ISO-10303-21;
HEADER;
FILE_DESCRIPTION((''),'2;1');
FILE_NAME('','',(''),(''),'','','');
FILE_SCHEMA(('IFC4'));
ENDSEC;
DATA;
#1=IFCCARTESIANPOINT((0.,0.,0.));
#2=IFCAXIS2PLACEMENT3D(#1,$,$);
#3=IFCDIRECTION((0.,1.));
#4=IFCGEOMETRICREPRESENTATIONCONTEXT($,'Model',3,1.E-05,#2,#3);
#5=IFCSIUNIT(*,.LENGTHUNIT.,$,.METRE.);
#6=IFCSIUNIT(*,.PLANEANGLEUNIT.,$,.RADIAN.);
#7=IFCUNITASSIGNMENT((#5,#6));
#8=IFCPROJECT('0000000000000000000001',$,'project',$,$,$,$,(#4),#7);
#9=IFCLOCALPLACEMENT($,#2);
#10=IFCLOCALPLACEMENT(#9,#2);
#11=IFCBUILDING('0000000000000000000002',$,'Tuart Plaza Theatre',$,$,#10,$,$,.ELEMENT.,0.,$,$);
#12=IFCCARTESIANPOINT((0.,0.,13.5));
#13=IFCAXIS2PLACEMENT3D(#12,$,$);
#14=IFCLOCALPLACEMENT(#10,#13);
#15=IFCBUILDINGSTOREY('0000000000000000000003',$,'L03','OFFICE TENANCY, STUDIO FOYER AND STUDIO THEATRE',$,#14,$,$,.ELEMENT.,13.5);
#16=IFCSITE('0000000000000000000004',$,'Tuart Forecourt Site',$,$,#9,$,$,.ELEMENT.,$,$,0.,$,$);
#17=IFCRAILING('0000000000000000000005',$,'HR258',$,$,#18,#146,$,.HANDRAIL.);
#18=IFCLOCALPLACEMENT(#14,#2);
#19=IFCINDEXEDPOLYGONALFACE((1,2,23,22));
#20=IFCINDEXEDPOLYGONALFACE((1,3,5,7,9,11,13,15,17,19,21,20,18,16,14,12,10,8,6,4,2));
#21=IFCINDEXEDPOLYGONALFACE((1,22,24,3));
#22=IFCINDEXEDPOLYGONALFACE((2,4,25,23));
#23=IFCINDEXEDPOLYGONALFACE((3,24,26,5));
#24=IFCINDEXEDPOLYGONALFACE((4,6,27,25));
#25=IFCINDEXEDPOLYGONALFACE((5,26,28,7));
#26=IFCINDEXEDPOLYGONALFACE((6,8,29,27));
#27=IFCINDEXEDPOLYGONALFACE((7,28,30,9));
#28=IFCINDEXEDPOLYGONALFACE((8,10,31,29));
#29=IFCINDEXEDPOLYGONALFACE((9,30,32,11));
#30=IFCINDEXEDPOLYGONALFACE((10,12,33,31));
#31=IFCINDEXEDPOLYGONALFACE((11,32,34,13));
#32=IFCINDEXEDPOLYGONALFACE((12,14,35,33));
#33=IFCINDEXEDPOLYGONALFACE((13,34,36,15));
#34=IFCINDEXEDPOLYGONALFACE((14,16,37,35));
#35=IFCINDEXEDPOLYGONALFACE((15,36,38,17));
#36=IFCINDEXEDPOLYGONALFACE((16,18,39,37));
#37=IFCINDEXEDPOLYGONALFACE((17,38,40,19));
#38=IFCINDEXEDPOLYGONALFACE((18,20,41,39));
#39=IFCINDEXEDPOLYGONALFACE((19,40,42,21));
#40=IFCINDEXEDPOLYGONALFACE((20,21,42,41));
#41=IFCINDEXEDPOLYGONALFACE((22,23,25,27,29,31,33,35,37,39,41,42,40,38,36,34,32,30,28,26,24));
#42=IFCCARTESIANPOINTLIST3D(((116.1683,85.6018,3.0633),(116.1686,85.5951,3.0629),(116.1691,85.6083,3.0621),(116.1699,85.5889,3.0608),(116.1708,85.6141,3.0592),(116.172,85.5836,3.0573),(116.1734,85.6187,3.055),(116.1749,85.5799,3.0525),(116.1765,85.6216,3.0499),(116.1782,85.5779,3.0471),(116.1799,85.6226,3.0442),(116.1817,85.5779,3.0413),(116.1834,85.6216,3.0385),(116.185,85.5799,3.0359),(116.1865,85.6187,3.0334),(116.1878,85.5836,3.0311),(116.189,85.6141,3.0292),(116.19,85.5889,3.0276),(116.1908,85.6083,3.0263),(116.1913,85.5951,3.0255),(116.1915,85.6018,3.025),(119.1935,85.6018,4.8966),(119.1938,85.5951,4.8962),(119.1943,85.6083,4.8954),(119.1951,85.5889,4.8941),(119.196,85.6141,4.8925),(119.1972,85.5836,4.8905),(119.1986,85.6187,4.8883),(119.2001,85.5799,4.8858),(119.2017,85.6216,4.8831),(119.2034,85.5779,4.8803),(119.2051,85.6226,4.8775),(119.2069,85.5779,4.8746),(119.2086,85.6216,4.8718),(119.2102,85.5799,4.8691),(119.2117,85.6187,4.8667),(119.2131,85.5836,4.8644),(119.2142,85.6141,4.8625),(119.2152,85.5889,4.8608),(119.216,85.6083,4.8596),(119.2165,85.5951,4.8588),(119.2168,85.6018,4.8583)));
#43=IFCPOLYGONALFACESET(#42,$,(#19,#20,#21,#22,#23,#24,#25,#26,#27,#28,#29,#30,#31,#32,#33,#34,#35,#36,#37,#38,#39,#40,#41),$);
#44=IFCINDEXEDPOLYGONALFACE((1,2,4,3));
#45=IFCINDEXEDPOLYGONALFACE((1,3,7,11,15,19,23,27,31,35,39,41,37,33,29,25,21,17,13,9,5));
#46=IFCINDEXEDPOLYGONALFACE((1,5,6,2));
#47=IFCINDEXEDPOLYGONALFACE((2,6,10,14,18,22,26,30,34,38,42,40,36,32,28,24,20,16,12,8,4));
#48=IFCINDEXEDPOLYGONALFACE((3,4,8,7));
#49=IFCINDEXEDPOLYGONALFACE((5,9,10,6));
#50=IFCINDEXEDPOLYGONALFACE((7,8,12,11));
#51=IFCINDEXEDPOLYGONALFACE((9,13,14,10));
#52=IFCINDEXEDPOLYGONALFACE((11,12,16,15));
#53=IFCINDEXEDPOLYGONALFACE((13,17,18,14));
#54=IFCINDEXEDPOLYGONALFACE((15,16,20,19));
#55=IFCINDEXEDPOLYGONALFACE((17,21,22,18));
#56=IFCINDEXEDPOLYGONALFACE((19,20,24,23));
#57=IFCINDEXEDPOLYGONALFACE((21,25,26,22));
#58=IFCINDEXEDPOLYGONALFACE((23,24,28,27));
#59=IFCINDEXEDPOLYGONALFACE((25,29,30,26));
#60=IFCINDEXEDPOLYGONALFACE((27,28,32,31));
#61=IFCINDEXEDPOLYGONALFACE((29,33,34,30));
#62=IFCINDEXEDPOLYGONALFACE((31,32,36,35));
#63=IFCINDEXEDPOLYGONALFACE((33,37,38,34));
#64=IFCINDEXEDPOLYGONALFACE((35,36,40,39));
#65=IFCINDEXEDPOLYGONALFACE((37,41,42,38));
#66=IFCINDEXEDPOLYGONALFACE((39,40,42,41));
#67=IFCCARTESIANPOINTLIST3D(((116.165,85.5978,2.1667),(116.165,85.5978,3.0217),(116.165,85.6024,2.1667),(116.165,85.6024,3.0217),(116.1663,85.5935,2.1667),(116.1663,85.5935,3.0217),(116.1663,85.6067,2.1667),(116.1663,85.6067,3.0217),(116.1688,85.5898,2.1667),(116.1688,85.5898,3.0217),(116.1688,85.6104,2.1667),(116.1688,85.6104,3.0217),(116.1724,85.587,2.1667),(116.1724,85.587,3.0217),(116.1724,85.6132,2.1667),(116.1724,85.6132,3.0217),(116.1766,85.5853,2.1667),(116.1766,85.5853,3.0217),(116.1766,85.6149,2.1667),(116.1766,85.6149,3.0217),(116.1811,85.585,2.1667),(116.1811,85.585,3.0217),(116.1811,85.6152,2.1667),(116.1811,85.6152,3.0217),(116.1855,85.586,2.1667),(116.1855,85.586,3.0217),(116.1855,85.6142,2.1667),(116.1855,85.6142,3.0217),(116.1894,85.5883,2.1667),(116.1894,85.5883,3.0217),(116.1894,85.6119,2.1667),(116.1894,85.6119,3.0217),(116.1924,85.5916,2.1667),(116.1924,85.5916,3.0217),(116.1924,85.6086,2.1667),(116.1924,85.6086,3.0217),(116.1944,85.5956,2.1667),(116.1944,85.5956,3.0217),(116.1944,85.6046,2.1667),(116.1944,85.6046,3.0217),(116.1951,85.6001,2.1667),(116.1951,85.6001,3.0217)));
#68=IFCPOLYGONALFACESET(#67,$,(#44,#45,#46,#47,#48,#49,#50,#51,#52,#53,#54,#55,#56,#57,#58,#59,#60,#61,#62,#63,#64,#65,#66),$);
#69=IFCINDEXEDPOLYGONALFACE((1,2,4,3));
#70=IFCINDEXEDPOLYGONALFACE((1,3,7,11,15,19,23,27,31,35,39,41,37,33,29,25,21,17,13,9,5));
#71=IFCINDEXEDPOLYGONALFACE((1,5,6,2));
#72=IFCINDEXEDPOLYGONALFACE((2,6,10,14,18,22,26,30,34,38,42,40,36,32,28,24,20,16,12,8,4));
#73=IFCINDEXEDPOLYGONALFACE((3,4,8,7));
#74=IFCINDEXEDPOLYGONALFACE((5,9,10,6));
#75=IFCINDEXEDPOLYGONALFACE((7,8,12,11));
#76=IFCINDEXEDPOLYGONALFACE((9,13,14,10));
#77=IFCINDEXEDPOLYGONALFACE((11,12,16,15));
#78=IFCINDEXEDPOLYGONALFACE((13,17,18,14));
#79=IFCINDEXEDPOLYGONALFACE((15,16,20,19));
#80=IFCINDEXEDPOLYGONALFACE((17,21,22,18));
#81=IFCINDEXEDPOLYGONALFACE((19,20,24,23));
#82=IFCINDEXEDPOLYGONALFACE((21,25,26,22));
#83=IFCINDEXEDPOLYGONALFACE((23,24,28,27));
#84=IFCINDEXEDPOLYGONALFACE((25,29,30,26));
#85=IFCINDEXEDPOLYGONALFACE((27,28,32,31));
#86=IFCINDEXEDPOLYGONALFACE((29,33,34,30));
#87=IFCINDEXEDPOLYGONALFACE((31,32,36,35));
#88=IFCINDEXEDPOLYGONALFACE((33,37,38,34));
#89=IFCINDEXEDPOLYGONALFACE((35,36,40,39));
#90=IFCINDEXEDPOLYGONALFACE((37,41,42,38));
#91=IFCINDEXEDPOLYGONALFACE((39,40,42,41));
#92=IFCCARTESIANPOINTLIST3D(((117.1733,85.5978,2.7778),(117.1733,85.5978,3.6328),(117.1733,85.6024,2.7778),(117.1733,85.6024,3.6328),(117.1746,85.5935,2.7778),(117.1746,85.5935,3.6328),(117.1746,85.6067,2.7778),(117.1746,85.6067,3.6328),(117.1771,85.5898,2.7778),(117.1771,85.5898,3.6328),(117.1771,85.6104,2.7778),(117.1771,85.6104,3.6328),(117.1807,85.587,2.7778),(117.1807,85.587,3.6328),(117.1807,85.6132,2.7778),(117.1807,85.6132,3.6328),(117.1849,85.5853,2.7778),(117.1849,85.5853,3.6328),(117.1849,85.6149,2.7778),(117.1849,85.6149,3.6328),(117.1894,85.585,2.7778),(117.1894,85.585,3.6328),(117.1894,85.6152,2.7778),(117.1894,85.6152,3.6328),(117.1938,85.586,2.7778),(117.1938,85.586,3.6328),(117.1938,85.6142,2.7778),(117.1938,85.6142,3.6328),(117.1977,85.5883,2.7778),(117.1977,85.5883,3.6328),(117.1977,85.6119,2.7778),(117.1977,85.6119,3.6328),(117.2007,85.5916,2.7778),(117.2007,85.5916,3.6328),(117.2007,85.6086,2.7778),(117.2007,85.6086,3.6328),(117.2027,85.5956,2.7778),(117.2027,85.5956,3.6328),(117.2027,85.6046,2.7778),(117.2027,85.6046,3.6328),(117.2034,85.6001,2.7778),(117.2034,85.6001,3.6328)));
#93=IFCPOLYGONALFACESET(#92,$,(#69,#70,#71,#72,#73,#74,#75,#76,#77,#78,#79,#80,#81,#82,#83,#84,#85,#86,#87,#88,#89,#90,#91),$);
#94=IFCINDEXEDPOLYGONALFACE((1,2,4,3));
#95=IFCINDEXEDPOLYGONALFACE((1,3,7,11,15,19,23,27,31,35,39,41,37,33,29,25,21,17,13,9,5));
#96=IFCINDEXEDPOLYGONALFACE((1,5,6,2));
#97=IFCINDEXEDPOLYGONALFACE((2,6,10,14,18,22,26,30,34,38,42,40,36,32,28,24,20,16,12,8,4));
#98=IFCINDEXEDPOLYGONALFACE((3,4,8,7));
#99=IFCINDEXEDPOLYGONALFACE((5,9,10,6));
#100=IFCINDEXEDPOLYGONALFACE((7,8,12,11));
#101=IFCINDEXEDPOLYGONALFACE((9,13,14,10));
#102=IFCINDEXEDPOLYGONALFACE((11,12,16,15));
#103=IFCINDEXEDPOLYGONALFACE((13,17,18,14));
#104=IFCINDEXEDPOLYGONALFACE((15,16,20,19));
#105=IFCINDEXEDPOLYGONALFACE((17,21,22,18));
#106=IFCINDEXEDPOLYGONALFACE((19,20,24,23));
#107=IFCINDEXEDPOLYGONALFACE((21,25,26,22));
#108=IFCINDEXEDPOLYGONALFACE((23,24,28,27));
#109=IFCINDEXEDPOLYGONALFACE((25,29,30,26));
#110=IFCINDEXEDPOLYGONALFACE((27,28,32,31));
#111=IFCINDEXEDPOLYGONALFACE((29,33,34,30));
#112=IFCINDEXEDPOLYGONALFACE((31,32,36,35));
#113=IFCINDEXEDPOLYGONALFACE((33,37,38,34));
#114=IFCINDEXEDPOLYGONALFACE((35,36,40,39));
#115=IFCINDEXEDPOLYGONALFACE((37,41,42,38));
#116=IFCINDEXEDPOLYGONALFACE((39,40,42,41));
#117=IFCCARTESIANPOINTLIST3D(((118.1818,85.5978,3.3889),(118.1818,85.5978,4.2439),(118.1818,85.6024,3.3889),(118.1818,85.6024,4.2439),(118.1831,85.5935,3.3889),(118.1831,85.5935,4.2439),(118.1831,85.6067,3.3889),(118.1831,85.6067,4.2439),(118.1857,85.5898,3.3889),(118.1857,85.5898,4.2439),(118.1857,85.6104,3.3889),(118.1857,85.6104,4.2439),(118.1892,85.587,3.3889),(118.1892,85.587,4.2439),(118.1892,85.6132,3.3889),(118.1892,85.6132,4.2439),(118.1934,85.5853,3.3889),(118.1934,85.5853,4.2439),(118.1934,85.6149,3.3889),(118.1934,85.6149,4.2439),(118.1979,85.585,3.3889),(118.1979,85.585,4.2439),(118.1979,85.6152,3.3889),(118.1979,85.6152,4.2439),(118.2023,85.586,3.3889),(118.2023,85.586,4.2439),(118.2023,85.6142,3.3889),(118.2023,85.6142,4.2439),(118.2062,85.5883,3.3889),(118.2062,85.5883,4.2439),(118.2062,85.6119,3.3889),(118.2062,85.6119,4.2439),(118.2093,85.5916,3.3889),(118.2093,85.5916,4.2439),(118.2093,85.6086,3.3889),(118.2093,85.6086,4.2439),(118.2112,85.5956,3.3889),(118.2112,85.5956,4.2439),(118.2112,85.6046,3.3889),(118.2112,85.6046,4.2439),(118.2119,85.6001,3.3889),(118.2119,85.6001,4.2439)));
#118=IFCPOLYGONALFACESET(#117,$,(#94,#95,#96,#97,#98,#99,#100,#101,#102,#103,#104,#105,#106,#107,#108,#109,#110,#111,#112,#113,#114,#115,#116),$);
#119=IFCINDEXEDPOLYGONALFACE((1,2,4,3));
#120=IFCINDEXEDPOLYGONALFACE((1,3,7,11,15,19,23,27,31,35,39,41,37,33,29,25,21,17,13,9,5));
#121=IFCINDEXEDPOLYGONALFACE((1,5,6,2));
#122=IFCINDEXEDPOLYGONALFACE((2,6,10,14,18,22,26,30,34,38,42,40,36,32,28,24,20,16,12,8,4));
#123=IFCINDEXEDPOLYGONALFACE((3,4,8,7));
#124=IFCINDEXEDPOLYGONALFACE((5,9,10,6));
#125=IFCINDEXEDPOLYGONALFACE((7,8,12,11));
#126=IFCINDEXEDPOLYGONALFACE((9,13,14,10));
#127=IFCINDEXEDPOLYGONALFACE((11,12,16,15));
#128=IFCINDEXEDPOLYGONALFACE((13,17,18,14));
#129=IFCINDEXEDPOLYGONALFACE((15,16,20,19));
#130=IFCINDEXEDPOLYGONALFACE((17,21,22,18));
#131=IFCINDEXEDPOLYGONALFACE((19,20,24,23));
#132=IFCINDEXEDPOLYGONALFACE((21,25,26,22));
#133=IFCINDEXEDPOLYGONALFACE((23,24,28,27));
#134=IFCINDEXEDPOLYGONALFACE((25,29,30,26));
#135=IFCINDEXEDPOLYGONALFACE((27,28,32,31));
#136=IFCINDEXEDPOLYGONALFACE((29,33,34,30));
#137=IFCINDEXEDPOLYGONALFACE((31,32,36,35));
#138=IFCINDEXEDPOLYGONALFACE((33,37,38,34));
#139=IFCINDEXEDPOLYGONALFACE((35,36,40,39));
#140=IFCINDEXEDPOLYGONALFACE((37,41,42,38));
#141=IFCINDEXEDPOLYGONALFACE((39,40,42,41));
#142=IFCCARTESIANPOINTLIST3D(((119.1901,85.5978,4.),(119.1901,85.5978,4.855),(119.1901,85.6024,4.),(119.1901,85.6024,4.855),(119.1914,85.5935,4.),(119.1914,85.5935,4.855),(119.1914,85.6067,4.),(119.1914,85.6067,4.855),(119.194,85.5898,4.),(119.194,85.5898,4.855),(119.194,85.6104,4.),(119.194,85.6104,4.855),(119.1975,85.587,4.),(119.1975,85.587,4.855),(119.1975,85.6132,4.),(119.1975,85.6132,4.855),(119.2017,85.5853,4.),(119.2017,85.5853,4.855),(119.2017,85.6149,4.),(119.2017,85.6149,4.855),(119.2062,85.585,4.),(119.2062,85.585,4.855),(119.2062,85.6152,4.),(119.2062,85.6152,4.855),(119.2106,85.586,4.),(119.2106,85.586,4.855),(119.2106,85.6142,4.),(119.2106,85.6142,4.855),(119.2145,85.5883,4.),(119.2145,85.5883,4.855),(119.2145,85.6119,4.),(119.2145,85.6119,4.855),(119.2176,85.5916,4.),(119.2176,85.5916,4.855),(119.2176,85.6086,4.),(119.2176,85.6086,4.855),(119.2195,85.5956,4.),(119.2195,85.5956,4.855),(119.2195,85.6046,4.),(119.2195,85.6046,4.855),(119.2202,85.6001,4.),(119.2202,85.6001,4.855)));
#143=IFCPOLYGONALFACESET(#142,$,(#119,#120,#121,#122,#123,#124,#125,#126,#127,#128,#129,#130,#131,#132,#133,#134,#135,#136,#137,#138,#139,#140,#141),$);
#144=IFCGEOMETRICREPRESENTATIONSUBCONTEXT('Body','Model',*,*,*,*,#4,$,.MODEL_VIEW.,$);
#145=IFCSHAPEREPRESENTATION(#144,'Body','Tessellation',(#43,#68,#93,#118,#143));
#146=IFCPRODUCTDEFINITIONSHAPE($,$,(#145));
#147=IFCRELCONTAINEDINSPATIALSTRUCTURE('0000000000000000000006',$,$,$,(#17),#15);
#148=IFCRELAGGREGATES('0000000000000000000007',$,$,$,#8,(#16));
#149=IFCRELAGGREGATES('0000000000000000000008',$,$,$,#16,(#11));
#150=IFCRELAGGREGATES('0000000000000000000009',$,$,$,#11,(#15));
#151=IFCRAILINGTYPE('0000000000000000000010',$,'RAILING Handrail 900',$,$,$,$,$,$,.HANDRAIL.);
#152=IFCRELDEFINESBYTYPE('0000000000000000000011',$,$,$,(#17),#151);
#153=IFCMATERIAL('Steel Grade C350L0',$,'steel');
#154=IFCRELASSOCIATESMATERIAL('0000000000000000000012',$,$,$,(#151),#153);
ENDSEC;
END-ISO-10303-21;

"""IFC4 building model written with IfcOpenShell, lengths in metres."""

from ifc_helpers import new_model, si_unit, direction, frame, origin, origin_2d, place, context, subcontext, project, spatial, circle, extrude, material, type_object, element, save


model = new_model("IFC4")

# Units and contexts
model_context = context("Model", 3, precision=1e-05, world=origin(), true_north=direction((0.0, 1.0)))
body_context = subcontext(model_context, "Body", "Model", "MODEL_VIEW")
ifc_project = project(units=[si_unit("LENGTHUNIT", "METRE"), si_unit("PLANEANGLEUNIT", "RADIAN")], contexts=[model_context])

# Site, building, storey
site_placement = place(None, origin())
site = spatial("IfcSite", under=ifc_project, at=site_placement, Name="Tuart Forecourt Site", CompositionType="ELEMENT", RefElevation=0.0)
building_placement = place(site_placement, origin())
building = spatial("IfcBuilding", under=site, at=building_placement, Name="Tuart Plaza Theatre", CompositionType="ELEMENT", ElevationOfRefHeight=0.0)
storey_placement = place(building_placement, frame((0.0, 0.0, 13.5)))
storey = spatial("IfcBuildingStorey", under=building, at=storey_placement, Name="L03", Description="OFFICE TENANCY, STUDIO FOYER AND STUDIO THEATRE", CompositionType="ELEMENT", Elevation=13.5)

# Railing
ifc_material_1 = material(Name="Steel Grade C350L0", Category="steel")
railing_type_1 = type_object("IfcRailingType", Name="RAILING Handrail 900", PredefinedType="HANDRAIL", material=ifc_material_1)
for number, where, name in (
    (1, (116.1799, 85.6001, 2.1667), "HR258"),
):
    element("IfcRailing", number, at=place(storey_placement, frame(where)), inside=storey, type_object=railing_type_1, Name=name, PredefinedType="HANDRAIL", context=body_context, shape_type="SweptSolid", body=[
        extrude(circle(Radius=0.0225, at=origin_2d()), frame((0.0, 0.0, 0.8774), z_axis=(0.855219, 0.0, 0.518267), x_axis=(0.0, 1.0, 0.0)), (0.0, 0.0, 1.0), 3.5374),
        extrude(circle(Radius=0.0151, at=origin_2d()), origin(), (0.0, 0.0, 1.0), 0.855),
        extrude(circle(Radius=0.0151, at=origin_2d()), frame((1.0083, 0.0, 0.6111)), (0.0, 0.0, 1.0), 0.855),
        extrude(circle(Radius=0.0151, at=origin_2d()), frame((2.0168, 0.0, 1.2222)), (0.0, 0.0, 1.0), 0.855),
        extrude(circle(Radius=0.0151, at=origin_2d()), frame((3.0251, 0.0, 1.8333)), (0.0, 0.0, 1.0), 0.855),
    ])

save(model, "model.ifc")
